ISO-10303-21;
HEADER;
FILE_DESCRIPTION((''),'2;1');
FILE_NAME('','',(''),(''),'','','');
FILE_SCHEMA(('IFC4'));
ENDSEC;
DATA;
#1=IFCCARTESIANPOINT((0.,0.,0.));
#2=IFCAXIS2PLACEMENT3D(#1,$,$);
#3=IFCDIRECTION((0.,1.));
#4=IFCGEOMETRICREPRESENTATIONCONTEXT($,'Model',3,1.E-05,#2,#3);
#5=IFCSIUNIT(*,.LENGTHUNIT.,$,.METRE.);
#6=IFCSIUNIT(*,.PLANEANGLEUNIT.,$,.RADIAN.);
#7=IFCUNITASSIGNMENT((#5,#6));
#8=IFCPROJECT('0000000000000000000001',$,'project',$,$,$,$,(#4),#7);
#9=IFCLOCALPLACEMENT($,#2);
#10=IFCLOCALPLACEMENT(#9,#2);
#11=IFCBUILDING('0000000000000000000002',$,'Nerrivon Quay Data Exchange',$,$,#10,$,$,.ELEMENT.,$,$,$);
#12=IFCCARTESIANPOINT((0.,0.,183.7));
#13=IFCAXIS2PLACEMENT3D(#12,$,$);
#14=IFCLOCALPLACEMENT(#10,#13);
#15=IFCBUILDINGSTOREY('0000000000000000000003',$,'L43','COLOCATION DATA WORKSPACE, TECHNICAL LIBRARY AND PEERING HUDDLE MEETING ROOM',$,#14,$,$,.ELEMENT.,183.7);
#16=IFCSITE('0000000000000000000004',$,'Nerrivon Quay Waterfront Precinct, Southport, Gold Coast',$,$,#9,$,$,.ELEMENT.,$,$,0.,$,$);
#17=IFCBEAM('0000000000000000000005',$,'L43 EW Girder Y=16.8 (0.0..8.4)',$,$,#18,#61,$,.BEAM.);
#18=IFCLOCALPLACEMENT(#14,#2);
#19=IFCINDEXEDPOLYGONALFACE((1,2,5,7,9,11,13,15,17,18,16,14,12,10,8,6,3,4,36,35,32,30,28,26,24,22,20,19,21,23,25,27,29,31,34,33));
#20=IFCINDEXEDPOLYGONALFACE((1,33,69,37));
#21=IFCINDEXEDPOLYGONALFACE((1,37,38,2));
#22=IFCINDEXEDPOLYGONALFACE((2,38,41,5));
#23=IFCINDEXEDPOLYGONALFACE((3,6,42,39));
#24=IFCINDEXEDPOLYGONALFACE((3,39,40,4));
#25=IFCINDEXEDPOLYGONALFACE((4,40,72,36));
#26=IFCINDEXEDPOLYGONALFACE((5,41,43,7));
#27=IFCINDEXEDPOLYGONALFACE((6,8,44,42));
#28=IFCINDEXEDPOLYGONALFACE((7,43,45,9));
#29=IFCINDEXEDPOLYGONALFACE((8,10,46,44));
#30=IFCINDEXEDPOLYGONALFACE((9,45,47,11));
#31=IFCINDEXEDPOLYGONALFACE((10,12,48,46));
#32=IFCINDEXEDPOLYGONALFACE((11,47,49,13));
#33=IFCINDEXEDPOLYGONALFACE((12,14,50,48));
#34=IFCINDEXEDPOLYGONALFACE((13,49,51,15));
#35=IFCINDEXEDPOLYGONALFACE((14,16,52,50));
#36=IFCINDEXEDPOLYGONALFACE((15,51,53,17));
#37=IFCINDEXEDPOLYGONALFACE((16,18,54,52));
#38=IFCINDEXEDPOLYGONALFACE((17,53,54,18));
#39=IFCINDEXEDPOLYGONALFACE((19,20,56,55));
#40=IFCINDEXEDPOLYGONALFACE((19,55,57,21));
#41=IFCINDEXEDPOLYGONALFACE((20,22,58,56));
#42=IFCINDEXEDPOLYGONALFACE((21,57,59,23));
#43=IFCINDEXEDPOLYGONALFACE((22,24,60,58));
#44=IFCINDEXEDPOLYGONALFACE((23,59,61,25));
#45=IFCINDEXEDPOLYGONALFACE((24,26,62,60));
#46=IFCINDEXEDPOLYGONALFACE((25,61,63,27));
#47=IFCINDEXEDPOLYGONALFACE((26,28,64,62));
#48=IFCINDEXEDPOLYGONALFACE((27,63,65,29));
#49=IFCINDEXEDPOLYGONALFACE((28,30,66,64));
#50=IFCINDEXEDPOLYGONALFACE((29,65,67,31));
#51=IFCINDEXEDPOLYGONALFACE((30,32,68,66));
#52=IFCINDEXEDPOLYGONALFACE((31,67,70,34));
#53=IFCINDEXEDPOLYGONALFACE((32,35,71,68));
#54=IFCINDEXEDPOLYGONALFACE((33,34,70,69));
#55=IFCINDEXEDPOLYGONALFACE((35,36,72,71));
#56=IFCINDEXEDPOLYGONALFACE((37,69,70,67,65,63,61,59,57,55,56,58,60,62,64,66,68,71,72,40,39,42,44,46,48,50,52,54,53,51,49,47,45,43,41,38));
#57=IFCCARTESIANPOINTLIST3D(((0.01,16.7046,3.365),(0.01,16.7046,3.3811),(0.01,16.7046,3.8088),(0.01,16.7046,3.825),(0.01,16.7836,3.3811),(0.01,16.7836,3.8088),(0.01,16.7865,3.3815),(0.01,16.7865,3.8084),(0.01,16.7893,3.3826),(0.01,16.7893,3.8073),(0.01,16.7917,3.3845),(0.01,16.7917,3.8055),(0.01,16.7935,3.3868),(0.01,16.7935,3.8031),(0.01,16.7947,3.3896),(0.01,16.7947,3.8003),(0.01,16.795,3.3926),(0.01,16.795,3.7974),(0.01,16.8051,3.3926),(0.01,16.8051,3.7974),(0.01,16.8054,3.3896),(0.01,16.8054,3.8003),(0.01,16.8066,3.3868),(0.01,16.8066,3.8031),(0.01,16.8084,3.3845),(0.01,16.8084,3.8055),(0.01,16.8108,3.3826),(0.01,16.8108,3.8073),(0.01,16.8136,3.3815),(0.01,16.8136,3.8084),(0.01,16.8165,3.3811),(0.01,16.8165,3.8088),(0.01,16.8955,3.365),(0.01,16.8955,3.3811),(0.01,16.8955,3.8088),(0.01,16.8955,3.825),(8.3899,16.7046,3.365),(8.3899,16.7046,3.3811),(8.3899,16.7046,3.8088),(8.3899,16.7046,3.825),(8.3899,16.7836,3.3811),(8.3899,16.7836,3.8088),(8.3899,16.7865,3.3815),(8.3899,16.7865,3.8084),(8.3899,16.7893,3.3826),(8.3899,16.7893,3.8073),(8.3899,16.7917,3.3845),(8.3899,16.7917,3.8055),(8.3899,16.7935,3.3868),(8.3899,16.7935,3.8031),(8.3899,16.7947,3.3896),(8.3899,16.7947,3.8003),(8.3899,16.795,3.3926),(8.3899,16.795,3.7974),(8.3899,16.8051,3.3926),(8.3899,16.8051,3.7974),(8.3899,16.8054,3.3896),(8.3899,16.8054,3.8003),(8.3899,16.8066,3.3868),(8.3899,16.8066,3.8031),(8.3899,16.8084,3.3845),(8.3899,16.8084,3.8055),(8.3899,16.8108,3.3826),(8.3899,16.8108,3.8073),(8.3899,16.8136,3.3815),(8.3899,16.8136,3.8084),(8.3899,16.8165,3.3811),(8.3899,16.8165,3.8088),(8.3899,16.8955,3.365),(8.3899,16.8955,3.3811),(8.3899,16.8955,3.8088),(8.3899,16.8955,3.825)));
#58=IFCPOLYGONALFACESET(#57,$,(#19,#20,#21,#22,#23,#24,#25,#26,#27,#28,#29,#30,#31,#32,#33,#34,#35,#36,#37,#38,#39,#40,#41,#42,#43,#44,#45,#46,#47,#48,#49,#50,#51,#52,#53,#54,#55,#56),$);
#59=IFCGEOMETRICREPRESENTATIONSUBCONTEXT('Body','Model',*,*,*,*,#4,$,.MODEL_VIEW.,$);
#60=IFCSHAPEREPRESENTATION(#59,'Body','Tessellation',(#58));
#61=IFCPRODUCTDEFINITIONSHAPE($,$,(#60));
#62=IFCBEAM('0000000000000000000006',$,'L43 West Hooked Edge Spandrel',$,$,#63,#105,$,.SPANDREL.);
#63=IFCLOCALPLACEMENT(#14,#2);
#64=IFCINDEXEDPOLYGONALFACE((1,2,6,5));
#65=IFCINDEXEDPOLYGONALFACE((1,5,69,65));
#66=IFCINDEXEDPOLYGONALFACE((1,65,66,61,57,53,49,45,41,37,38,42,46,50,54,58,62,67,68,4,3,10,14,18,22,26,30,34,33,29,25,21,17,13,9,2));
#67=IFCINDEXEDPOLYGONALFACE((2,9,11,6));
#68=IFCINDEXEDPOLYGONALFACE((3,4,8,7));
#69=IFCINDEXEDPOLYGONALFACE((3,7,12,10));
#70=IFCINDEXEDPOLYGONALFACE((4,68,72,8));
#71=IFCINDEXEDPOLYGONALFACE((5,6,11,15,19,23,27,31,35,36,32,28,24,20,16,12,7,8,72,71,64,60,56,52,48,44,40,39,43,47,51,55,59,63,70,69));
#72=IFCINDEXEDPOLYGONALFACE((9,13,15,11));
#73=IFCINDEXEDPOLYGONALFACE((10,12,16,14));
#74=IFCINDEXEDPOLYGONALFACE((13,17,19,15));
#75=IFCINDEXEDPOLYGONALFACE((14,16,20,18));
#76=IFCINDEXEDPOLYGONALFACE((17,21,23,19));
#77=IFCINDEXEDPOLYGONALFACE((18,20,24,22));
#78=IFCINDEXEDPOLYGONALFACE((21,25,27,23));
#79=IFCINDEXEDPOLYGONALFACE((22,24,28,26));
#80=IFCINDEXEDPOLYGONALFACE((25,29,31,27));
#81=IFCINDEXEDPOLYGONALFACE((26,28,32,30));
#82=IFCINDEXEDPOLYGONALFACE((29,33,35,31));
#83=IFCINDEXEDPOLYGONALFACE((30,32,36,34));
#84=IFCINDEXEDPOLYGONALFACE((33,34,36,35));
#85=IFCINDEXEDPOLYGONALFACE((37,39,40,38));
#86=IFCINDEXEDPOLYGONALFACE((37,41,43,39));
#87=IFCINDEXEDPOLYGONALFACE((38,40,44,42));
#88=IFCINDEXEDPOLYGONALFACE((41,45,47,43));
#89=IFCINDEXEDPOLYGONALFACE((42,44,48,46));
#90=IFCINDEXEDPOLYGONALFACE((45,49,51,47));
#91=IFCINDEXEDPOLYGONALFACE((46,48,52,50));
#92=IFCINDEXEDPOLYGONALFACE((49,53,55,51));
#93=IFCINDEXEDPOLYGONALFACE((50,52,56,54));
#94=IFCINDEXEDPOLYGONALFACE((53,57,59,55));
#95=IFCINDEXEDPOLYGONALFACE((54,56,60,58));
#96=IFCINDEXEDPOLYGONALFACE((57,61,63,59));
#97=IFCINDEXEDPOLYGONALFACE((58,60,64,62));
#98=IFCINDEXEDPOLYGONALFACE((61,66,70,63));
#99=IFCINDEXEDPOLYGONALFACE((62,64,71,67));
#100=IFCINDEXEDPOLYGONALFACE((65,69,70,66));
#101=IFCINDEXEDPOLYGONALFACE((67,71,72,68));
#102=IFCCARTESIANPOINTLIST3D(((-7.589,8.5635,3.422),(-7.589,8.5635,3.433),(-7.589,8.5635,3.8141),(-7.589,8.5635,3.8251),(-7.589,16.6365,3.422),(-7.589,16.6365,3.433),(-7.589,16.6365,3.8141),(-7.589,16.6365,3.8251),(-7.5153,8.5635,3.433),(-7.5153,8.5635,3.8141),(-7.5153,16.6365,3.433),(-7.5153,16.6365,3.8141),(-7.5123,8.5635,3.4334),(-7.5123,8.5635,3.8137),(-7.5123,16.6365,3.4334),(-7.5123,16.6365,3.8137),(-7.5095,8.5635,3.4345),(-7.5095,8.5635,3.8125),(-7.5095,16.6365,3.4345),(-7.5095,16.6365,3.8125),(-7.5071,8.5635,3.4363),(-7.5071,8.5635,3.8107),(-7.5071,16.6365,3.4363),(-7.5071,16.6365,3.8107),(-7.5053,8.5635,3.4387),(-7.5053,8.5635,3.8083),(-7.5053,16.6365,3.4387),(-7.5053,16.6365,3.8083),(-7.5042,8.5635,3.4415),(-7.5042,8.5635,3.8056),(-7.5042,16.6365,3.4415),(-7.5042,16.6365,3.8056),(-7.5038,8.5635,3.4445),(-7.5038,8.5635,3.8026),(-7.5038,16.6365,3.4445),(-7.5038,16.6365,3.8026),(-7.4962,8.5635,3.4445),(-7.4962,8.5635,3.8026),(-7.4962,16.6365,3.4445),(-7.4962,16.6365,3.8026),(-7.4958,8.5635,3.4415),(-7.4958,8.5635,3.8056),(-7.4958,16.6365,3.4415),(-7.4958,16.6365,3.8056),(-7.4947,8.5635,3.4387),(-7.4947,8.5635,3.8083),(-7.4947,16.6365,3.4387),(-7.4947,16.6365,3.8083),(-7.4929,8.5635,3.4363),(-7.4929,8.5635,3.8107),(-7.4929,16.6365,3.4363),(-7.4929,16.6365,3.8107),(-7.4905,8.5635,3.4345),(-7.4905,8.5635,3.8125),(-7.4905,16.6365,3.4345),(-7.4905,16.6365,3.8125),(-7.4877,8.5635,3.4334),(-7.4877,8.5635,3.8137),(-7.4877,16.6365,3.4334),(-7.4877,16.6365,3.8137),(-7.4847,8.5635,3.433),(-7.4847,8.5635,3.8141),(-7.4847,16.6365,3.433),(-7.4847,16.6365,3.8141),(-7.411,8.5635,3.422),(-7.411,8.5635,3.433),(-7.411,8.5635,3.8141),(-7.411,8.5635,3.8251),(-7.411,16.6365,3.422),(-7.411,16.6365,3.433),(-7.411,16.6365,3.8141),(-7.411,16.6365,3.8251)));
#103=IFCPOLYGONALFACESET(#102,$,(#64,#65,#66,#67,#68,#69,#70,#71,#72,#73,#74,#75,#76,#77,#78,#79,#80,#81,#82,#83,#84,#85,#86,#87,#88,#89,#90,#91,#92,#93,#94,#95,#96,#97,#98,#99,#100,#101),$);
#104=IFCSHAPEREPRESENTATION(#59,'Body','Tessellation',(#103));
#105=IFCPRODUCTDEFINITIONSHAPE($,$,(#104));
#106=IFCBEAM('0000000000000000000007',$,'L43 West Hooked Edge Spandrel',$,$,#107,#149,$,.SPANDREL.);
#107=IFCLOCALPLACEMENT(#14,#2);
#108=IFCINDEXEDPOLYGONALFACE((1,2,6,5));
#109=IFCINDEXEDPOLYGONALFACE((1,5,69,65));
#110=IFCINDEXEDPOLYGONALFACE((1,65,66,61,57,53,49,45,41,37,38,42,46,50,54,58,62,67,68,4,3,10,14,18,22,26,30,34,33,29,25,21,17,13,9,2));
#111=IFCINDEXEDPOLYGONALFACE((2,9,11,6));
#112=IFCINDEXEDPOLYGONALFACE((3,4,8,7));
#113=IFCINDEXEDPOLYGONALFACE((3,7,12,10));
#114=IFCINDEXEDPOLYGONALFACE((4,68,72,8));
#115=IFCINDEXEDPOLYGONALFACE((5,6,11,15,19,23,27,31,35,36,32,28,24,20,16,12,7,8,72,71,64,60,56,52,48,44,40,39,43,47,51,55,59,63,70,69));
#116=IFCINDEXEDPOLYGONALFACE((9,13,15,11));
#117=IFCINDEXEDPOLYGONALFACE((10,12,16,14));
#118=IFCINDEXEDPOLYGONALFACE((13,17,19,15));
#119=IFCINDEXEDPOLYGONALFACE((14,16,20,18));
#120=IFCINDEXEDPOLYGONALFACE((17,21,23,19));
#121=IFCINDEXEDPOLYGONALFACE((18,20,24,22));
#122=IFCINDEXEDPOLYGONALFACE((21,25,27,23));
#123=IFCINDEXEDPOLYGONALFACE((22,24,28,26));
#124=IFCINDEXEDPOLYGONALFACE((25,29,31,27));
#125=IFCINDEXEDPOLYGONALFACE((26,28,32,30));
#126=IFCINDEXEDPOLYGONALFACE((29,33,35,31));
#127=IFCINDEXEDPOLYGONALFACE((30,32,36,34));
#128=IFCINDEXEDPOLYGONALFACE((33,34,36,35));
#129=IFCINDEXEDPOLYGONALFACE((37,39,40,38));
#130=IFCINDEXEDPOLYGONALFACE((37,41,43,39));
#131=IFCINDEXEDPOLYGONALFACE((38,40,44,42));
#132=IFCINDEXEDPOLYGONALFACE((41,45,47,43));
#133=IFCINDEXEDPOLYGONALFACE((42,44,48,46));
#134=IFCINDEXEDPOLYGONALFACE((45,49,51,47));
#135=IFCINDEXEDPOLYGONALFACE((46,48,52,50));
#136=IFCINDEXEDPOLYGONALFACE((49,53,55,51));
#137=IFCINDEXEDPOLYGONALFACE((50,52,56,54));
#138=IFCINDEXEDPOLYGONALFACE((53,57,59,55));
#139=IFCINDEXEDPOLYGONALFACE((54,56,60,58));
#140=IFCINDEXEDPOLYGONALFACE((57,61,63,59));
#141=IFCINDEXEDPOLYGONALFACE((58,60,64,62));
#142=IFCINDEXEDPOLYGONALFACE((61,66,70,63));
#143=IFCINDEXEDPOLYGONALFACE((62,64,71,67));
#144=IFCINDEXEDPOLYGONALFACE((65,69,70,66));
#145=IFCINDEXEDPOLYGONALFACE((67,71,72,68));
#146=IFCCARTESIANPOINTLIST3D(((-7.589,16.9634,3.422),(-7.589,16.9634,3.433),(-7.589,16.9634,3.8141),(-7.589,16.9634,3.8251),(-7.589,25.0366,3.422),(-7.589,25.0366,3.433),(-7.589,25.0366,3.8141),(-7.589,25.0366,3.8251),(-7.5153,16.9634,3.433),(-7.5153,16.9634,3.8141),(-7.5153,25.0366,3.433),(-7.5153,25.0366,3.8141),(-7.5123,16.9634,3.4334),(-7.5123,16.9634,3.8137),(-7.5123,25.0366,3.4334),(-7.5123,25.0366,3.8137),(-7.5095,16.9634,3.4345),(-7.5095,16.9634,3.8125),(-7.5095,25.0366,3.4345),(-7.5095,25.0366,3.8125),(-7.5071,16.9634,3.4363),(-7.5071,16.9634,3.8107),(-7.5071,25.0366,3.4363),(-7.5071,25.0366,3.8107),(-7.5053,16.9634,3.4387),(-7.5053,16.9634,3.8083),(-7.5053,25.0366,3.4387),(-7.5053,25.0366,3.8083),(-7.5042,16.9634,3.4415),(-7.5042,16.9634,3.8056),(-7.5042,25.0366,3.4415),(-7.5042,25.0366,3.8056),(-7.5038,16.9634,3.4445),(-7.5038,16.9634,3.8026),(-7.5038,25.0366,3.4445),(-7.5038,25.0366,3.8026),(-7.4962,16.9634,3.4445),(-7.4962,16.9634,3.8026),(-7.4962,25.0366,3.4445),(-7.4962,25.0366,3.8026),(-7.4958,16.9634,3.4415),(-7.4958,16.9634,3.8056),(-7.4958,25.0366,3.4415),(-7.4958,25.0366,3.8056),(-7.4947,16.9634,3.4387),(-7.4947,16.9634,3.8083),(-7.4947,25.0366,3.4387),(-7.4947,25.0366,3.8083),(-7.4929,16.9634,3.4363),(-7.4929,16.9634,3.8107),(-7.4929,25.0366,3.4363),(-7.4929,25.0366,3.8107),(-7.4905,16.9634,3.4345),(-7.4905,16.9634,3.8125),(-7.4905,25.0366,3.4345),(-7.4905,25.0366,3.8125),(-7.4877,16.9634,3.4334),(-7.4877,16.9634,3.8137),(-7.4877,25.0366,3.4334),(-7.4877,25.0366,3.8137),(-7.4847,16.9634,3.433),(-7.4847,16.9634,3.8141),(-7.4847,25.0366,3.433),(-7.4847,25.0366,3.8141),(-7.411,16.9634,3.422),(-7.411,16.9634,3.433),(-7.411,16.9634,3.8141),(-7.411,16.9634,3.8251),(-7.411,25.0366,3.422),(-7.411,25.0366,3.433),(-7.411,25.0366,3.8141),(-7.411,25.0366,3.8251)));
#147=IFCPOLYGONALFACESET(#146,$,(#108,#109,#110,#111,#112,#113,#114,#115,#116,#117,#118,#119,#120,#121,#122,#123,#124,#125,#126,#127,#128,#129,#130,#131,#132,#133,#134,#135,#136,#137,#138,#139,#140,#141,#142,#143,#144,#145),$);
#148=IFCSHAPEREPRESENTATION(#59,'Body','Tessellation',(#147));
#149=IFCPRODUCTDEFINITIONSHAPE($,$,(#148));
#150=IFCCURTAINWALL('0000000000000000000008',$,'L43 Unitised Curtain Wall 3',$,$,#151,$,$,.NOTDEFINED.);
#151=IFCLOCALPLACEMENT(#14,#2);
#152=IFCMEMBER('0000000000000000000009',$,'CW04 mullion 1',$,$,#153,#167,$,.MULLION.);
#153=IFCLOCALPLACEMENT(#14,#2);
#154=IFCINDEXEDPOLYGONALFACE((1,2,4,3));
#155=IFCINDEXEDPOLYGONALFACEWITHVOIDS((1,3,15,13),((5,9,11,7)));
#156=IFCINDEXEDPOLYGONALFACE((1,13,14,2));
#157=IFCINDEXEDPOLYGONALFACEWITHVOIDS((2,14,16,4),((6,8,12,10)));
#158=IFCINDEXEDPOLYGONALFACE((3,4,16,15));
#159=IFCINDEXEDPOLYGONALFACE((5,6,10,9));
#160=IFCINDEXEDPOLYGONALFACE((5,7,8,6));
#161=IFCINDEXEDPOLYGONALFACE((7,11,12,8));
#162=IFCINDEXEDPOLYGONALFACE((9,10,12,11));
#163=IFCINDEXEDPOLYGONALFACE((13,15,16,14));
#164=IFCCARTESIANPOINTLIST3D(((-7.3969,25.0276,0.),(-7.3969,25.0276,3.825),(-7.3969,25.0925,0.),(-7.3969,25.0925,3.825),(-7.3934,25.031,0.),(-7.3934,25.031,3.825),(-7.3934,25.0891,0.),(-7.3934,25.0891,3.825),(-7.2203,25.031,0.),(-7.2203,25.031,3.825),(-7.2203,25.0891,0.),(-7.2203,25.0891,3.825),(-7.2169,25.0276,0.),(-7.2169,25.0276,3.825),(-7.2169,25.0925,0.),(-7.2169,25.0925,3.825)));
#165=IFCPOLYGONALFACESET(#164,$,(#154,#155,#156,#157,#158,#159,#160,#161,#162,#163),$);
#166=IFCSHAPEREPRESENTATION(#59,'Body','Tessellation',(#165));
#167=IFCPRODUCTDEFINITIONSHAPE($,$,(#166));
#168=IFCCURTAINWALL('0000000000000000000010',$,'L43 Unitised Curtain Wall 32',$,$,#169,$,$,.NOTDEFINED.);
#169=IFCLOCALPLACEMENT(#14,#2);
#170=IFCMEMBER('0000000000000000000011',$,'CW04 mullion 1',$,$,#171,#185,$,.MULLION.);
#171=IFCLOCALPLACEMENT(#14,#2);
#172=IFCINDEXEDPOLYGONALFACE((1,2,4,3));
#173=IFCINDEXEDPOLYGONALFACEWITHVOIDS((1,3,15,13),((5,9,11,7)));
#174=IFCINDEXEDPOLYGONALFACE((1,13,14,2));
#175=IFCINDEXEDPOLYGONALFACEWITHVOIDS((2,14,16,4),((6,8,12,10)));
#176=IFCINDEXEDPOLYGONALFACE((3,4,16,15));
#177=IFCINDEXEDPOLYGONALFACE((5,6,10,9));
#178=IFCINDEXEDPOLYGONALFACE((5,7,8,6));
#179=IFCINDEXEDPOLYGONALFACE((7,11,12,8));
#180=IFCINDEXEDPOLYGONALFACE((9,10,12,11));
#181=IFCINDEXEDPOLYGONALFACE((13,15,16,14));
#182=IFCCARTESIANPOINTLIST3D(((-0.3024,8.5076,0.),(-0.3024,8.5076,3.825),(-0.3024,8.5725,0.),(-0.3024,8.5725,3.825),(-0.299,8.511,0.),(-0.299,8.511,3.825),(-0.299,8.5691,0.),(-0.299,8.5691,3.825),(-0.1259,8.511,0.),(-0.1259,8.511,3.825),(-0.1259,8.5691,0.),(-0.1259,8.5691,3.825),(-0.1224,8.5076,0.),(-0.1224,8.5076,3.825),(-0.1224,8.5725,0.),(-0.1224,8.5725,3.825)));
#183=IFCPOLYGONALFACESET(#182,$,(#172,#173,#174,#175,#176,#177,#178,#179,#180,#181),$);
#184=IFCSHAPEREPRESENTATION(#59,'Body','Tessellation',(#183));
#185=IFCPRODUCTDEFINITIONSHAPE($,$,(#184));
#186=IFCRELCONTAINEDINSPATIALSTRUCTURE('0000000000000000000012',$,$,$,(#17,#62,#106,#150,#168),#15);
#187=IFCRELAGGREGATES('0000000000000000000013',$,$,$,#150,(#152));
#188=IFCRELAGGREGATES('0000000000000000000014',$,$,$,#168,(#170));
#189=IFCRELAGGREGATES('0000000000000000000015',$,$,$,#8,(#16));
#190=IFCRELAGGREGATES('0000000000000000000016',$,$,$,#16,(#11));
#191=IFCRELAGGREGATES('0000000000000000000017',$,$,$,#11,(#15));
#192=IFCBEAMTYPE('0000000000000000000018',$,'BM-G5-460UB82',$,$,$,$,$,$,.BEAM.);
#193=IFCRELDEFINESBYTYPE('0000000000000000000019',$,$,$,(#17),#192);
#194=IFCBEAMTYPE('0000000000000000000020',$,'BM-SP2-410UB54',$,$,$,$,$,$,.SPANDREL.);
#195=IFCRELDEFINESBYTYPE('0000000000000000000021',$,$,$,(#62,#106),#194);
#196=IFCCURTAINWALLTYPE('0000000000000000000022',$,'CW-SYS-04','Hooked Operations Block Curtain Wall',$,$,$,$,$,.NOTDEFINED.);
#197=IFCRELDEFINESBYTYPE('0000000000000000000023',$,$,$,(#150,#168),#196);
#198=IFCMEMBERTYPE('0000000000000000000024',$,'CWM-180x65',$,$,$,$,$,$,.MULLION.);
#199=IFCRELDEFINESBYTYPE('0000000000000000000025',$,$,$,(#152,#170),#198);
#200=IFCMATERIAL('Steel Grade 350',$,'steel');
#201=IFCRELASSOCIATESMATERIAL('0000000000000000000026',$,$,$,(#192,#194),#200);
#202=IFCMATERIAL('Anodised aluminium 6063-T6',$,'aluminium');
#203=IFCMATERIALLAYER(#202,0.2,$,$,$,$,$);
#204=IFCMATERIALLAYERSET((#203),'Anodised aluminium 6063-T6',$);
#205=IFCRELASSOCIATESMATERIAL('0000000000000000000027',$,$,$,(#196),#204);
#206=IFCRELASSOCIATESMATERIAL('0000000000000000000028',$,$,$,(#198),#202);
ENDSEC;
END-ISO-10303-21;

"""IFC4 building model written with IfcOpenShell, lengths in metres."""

from ifc_helpers import new_model, si_unit, direction, frame, origin, origin_2d, place, context, subcontext, project, spatial, hollow_rectangle, i_section, extrude, material, layer, layer_set, material_profile, profile_set, type_object, element, aggregate, save


model = new_model("IFC4")

# Units and contexts
model_context = context("Model", 3, precision=1e-05, world=origin(), true_north=direction((0.0, 1.0)))
body_context = subcontext(model_context, "Body", "Model", "MODEL_VIEW")
ifc_project = project(units=[si_unit("LENGTHUNIT", "METRE"), si_unit("PLANEANGLEUNIT", "RADIAN")], contexts=[model_context])

# Site, building, storey
site_placement = place(None, origin())
site = spatial("IfcSite", under=ifc_project, at=site_placement, Name="Nerrivon Quay Waterfront Precinct, Southport, Gold Coast", CompositionType="ELEMENT", RefElevation=0.0)
building_placement = place(site_placement, origin())
building = spatial("IfcBuilding", under=site, at=building_placement, Name="Nerrivon Quay Data Exchange", CompositionType="ELEMENT")
storey_placement = place(building_placement, frame((0.0, 0.0, 183.7)))
storey = spatial("IfcBuildingStorey", under=building, at=storey_placement, Name="L43", Description="COLOCATION DATA WORKSPACE, TECHNICAL LIBRARY AND PEERING HUDDLE MEETING ROOM", CompositionType="ELEMENT", Elevation=183.7)

# Shared definitions
ifc_material_1 = material(Name="Steel Grade 350", Category="steel")

# Beams
ifc_material_profile_1 = material_profile(ifc_material_1, i_section(OverallWidth=0.1909, OverallDepth=0.46, WebThickness=0.01, FlangeThickness=0.0161, FilletRadius=0.0115, at=origin_2d()), Name="460UB82.1")
ifc_profile_set_1 = profile_set([ifc_material_profile_1], Name="Steel Grade 350")
beam_type_1 = type_object("IfcBeamType", Name="BM-G5-460UB82", PredefinedType="BEAM", material=ifc_profile_set_1)
beam_1_placement = place(storey_placement, frame((0.01, 16.8, 3.595), z_axis=(1.0, 0.0, 0.0), x_axis=(0.0, 1.0, 0.0)))
element("IfcBeam", 1, at=beam_1_placement, inside=storey, type_object=beam_type_1, Name="L43 EW Girder Y=16.8 (0.0..8.4)", PredefinedType="BEAM", context=body_context, shape_type="SweptSolid", body=[
    extrude(i_section(OverallWidth=0.1909, OverallDepth=0.46, WebThickness=0.01, FlangeThickness=0.0161, FilletRadius=0.0115, at=origin_2d()), origin(), (0.0, 0.0, 1.0), 8.3799),
])
ifc_material_profile_2 = material_profile(ifc_material_1, i_section(OverallWidth=0.178, OverallDepth=0.4031, WebThickness=0.0076, FlangeThickness=0.011, FilletRadius=0.0115, at=origin_2d()), Name="410UB53.7")
ifc_profile_set_2 = profile_set([ifc_material_profile_2], Name="Steel Grade 350")
beam_type_2 = type_object("IfcBeamType", Name="BM-SP2-410UB54", PredefinedType="SPANDREL", material=ifc_profile_set_2)
beam_2_placement = place(storey_placement, frame((-7.5, 8.5635, 3.6235), z_axis=(0.0, 1.0, 0.0), x_axis=(-1.0, 0.0, 0.0)))
element("IfcBeam", 2, at=beam_2_placement, inside=storey, type_object=beam_type_2, Name="L43 West Hooked Edge Spandrel", PredefinedType="SPANDREL", context=body_context, shape_type="SweptSolid", body=[
    extrude(i_section(OverallWidth=0.178, OverallDepth=0.4031, WebThickness=0.0076, FlangeThickness=0.011, FilletRadius=0.0115, at=origin_2d()), origin(), (0.0, 0.0, 1.0), 8.073),
])
beam_3_placement = place(storey_placement, frame((-7.5, 16.9634, 3.6235), z_axis=(0.0, 1.0, 0.0), x_axis=(-1.0, 0.0, 0.0)))
element("IfcBeam", 3, at=beam_3_placement, inside=storey, type_object=beam_type_2, Name="L43 West Hooked Edge Spandrel", PredefinedType="SPANDREL", context=body_context, shape_type="SweptSolid", body=[
    extrude(i_section(OverallWidth=0.178, OverallDepth=0.4031, WebThickness=0.0076, FlangeThickness=0.011, FilletRadius=0.0115, at=origin_2d()), origin(), (0.0, 0.0, 1.0), 8.0732),
])

# Curtain walls, members
ifc_material_2 = material(Name="Anodised aluminium 6063-T6", Category="aluminium")
ifc_layer_1 = layer(ifc_material_2, 0.2)
ifc_layer_set_1 = layer_set([ifc_layer_1], Name="Anodised aluminium 6063-T6")
curtain_wall_type = type_object("IfcCurtainWallType", Name="CW-SYS-04", Description="Hooked Operations Block Curtain Wall", PredefinedType="NOTDEFINED", material=ifc_layer_set_1)
curtain_wall_1_placement = place(storey_placement, origin())
curtain_wall_1 = element("IfcCurtainWall", 4, at=curtain_wall_1_placement, inside=storey, type_object=curtain_wall_type, Name="L43 Unitised Curtain Wall 3", PredefinedType="NOTDEFINED")
ifc_material_profile_3 = material_profile(ifc_material_2, hollow_rectangle(XDim=0.0649, YDim=0.1799, WallThickness=0.0034, at=origin_2d()), Name="ALU-MULL-180x65")
ifc_profile_set_3 = profile_set([ifc_material_profile_3], Name="Anodised aluminium 6063-T6")
member_type = type_object("IfcMemberType", Name="CWM-180x65", PredefinedType="MULLION", material=ifc_profile_set_3)
member_1_placement = place(storey_placement, frame((-7.3069, 25.0601, 0.0), z_axis=(0.0, 0.0, 1.0), x_axis=(0.0, 1.0, 0.0)))
member_1 = element("IfcMember", 5, at=member_1_placement, type_object=member_type, Name="CW04 mullion 1", PredefinedType="MULLION", context=body_context, shape_type="SweptSolid", body=[
    extrude(hollow_rectangle(XDim=0.0649, YDim=0.1799, WallThickness=0.0034, at=origin_2d()), origin(), (0.0, 0.0, 1.0), 3.825),
])
aggregate(curtain_wall_1, [member_1])
curtain_wall_2_placement = place(storey_placement, origin())
curtain_wall_2 = element("IfcCurtainWall", 6, at=curtain_wall_2_placement, inside=storey, type_object=curtain_wall_type, Name="L43 Unitised Curtain Wall 32", PredefinedType="NOTDEFINED")
member_2_placement = place(storey_placement, frame((-0.2124, 8.54, 0.0), z_axis=(0.0, 0.0, 1.0), x_axis=(0.0, -1.0, 0.0)))
member_2 = element("IfcMember", 7, at=member_2_placement, type_object=member_type, Name="CW04 mullion 1", PredefinedType="MULLION", context=body_context, shape_type="SweptSolid", body=[
    extrude(hollow_rectangle(XDim=0.0649, YDim=0.1799, WallThickness=0.0034, at=origin_2d()), origin(), (0.0, 0.0, 1.0), 3.825),
])
aggregate(curtain_wall_2, [member_2])

save(model, "model.ifc")
